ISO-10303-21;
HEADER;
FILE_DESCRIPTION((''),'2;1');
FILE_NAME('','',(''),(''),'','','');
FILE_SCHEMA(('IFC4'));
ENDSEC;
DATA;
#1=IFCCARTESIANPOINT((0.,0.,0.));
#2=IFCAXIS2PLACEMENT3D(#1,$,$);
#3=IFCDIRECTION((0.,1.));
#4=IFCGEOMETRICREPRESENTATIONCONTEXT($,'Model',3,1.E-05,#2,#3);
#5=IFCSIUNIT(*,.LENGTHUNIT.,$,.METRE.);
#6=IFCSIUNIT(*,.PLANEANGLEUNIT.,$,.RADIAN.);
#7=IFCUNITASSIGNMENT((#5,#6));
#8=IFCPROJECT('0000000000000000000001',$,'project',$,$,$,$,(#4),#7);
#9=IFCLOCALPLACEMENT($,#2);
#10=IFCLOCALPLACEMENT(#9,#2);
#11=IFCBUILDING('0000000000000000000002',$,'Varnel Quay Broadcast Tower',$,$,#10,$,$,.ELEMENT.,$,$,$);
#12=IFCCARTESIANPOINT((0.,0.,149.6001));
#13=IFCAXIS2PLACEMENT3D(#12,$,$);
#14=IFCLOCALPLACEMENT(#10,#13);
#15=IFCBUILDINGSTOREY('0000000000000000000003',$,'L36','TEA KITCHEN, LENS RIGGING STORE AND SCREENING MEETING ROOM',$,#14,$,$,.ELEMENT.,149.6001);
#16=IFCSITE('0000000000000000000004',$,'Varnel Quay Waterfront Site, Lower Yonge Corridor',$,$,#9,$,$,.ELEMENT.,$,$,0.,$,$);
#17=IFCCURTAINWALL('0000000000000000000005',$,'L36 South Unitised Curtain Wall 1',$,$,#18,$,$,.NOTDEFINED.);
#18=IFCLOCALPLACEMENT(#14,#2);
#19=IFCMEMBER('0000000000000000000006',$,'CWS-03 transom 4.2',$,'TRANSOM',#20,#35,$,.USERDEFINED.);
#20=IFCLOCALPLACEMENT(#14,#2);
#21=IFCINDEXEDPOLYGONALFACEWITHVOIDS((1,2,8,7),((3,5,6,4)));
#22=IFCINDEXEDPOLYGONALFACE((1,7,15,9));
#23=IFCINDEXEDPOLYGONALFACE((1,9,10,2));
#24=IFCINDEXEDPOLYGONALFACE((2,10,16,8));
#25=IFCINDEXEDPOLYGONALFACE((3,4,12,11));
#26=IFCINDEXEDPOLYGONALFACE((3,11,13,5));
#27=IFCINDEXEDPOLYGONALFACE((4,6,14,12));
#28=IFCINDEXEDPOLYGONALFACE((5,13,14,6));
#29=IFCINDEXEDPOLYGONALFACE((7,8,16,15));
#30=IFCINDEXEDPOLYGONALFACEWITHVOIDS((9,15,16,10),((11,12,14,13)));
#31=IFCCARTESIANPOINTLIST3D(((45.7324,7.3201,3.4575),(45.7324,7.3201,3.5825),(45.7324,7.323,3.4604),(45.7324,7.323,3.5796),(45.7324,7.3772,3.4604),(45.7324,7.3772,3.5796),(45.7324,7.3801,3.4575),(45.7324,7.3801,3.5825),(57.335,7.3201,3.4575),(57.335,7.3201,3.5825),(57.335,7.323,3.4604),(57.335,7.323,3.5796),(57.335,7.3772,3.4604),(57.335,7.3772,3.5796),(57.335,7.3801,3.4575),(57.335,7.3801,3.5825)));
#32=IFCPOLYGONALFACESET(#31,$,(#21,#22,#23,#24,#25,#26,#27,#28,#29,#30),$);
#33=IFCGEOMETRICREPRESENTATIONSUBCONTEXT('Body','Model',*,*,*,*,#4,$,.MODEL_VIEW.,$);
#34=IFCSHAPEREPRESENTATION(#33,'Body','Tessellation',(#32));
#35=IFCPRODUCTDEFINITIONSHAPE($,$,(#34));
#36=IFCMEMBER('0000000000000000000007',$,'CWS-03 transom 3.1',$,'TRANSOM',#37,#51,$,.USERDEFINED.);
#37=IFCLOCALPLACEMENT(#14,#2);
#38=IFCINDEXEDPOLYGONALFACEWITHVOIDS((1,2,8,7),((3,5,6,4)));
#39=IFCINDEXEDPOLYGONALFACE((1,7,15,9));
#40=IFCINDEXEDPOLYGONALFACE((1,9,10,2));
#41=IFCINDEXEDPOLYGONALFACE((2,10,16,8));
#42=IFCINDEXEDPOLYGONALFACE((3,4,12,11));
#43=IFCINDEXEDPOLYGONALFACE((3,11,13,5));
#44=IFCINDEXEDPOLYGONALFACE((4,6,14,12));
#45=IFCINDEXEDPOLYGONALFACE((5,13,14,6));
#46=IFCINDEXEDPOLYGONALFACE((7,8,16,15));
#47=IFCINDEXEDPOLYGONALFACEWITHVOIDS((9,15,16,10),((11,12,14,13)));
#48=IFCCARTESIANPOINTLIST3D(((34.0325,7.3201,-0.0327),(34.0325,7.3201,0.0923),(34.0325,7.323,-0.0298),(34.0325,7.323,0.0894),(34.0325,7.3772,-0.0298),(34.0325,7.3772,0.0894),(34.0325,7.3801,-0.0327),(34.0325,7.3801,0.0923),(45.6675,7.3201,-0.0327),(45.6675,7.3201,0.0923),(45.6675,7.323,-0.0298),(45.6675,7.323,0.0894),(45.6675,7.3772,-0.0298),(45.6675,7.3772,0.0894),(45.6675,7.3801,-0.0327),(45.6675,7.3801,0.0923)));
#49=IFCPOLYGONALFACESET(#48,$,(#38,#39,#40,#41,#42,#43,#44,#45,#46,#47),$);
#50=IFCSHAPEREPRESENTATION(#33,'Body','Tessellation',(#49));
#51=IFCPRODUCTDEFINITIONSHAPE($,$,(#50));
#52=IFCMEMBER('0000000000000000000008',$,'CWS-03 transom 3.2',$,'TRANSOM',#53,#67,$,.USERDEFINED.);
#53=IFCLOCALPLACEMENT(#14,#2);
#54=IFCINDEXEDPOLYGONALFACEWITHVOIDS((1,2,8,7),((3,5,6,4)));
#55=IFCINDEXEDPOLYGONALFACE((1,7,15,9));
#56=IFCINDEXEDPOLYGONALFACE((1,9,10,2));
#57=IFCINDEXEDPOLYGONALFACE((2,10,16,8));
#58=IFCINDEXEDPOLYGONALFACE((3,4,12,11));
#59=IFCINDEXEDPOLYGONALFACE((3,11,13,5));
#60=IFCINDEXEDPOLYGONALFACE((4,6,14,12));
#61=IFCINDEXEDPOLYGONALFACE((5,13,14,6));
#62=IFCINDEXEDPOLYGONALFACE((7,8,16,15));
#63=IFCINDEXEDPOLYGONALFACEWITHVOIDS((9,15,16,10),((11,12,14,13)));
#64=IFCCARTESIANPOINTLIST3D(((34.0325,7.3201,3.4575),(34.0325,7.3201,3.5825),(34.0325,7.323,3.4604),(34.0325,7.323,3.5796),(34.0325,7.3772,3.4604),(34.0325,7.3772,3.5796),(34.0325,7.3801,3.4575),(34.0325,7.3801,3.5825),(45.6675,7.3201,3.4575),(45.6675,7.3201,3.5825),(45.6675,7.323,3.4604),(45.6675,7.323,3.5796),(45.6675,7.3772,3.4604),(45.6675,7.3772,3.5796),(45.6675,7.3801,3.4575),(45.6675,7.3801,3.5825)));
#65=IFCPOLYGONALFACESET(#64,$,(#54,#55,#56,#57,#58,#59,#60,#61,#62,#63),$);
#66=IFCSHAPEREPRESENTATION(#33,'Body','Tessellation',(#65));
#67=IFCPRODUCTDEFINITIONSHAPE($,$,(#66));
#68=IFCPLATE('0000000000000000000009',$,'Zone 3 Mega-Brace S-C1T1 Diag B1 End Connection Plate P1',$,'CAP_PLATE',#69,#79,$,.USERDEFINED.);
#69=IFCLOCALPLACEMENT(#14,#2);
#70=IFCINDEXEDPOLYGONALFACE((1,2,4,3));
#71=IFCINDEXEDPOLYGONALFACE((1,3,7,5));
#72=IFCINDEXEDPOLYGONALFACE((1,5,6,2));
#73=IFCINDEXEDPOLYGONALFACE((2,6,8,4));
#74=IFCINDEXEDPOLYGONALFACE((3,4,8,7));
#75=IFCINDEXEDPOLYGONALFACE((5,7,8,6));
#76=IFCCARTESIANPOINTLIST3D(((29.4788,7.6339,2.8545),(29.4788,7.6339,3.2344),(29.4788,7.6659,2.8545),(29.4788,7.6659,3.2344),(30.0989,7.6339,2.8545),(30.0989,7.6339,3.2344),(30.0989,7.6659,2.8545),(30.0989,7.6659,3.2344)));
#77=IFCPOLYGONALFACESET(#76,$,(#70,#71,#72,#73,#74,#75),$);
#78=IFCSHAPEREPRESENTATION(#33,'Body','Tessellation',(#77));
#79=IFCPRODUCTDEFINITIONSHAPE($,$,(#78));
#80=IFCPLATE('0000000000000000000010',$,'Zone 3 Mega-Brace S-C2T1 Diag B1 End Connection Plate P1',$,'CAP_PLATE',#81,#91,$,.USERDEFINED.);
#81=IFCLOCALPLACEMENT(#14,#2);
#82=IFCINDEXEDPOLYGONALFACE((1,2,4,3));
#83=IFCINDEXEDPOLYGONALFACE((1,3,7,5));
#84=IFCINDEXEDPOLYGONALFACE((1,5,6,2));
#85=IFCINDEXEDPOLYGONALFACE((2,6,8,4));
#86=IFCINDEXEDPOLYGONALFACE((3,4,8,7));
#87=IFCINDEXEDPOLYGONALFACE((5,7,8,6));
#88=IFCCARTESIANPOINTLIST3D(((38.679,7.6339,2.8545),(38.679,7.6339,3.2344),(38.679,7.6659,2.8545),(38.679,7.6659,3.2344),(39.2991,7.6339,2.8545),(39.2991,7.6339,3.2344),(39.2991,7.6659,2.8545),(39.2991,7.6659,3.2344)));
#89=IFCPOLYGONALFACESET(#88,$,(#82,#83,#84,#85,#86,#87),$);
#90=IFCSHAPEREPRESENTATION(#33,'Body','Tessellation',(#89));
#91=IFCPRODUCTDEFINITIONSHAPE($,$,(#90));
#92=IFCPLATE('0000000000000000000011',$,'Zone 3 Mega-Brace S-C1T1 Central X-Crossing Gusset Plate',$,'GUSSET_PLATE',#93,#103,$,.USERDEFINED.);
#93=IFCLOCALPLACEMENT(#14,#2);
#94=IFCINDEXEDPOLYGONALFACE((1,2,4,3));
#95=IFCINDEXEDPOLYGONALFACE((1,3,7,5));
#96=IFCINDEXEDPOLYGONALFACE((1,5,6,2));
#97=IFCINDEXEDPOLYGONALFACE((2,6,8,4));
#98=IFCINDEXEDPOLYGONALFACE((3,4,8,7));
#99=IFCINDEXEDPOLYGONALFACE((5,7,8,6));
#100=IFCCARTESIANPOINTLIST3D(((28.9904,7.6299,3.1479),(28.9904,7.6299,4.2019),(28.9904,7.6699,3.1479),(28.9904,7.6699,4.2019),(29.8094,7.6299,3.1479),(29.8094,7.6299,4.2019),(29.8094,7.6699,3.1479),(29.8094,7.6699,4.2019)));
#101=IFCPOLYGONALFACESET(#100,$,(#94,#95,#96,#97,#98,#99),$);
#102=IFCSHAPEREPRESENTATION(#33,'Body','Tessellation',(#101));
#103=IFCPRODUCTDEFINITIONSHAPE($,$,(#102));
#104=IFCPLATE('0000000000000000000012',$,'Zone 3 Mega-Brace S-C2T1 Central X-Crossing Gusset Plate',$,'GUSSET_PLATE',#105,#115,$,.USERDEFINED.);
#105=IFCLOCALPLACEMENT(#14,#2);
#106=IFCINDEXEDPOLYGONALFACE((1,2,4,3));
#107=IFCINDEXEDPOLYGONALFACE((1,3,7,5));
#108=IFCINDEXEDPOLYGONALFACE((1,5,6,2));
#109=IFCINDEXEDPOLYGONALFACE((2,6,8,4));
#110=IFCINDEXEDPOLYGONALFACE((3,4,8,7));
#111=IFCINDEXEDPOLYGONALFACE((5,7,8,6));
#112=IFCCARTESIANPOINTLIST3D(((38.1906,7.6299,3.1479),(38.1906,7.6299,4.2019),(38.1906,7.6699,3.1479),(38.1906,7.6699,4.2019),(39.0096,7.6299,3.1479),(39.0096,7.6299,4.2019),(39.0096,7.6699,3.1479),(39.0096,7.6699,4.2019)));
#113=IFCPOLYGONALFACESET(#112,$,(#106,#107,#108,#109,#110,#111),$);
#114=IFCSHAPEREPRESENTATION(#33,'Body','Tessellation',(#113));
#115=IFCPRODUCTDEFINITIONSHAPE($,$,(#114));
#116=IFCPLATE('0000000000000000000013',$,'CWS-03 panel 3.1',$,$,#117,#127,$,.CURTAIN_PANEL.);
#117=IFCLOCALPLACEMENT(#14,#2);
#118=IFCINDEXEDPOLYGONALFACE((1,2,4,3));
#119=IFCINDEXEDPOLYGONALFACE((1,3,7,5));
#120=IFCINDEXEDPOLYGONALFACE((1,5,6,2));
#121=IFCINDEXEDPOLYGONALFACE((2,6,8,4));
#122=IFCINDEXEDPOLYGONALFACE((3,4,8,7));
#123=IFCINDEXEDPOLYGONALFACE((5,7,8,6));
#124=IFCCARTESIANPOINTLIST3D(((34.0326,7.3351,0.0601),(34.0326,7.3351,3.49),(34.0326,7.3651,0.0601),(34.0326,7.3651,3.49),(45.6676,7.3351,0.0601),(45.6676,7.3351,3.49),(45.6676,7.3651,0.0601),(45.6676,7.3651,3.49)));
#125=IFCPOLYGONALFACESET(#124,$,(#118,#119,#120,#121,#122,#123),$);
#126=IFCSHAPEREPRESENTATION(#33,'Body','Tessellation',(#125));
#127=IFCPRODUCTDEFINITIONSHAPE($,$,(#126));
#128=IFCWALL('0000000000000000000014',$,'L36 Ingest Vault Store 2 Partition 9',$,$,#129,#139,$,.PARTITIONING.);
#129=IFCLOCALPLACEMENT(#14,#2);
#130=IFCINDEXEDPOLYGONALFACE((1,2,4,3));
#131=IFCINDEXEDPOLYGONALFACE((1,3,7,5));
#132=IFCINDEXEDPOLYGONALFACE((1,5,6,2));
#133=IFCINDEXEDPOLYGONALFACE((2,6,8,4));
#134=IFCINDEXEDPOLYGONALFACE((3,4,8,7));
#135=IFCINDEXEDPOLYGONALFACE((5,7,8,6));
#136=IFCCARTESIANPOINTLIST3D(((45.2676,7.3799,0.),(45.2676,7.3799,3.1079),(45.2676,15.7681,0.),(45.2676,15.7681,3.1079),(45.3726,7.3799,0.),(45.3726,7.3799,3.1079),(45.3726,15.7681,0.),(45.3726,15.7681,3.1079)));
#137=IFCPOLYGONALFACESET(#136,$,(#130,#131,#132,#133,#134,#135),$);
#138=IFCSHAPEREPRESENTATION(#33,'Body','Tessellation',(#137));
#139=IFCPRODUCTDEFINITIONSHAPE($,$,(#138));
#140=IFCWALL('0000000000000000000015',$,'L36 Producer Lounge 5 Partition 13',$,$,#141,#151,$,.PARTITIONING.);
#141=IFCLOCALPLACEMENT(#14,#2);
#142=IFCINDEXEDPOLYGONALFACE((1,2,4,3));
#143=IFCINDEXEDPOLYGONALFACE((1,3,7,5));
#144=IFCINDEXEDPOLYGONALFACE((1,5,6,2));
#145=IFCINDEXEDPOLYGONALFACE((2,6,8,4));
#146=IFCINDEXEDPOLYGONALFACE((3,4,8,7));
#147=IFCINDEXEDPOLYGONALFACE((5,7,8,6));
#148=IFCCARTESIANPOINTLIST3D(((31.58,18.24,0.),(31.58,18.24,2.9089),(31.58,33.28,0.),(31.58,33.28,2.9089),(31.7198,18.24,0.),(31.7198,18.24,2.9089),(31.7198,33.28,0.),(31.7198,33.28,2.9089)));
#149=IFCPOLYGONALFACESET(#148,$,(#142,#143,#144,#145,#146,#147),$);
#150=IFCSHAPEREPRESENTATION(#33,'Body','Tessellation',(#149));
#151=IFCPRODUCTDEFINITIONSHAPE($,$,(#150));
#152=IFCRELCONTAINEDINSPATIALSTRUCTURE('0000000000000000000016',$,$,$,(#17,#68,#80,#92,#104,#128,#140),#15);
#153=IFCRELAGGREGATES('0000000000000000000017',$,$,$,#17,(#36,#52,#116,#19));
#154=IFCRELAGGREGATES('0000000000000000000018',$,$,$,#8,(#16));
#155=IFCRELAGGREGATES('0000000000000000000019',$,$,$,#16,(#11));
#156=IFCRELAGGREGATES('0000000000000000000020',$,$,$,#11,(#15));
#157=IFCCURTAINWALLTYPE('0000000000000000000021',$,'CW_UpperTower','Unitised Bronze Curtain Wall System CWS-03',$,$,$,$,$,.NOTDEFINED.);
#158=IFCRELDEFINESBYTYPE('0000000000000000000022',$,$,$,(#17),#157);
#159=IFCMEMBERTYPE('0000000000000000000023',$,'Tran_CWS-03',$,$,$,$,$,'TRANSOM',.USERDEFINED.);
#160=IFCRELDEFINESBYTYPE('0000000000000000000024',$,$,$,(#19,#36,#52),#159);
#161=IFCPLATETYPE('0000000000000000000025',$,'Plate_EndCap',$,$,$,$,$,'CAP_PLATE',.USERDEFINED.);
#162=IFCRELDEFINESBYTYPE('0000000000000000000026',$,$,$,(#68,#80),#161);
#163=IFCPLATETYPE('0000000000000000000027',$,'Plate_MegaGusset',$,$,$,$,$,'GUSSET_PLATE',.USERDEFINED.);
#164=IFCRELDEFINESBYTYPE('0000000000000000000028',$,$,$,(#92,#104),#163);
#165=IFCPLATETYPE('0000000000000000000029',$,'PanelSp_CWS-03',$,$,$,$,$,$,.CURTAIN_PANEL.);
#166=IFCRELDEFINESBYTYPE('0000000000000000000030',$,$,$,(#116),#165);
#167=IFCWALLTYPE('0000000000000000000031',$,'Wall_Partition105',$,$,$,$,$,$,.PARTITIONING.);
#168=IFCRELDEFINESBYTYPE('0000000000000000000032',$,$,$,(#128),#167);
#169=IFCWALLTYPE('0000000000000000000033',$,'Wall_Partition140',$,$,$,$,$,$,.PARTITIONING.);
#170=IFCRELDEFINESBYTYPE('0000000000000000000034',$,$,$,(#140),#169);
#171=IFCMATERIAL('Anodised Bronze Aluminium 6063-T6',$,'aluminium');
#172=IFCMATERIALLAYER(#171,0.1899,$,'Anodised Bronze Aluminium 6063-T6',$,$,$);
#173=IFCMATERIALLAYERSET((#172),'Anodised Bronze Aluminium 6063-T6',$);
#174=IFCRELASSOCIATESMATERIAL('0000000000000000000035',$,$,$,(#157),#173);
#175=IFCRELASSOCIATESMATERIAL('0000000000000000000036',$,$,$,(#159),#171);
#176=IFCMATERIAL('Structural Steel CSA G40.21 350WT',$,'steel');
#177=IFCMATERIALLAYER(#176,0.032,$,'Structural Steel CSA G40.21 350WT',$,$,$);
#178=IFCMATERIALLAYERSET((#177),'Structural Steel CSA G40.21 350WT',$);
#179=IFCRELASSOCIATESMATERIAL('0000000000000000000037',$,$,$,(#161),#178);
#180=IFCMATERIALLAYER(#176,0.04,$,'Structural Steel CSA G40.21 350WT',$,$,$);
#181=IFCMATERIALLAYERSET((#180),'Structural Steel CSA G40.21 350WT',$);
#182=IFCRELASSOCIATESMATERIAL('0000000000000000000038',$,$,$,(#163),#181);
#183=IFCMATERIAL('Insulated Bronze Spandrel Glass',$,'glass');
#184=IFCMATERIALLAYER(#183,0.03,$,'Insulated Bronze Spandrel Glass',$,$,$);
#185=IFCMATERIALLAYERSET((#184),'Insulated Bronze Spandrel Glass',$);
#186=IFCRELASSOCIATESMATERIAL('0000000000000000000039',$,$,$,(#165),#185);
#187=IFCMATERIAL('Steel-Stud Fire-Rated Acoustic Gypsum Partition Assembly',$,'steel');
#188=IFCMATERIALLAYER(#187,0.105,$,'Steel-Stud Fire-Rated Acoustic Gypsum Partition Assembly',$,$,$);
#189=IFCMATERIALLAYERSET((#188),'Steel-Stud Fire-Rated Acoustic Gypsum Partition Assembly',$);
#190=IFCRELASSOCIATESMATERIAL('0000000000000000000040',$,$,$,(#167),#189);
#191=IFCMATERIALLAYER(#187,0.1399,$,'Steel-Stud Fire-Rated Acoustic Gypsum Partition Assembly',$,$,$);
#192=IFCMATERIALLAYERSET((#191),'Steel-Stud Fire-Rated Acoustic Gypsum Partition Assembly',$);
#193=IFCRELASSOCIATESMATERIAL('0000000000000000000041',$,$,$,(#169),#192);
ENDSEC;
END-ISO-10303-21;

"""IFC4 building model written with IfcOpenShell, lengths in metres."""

from ifc_helpers import new_model, si_unit, direction, frame, frame_2d, origin, origin_2d, place, context, subcontext, project, spatial, rectangle, hollow_rectangle, extrude, source, transform, mapped, material, layer, layer_set, material_profile, profile_set, type_object, type_shapes, element, aggregate, save


model = new_model("IFC4")

# Units and contexts
model_context = context("Model", 3, precision=1e-05, world=origin(), true_north=direction((0.0, 1.0)))
body_context = subcontext(model_context, "Body", "Model", "MODEL_VIEW")
ifc_project = project(units=[si_unit("LENGTHUNIT", "METRE"), si_unit("PLANEANGLEUNIT", "RADIAN")], contexts=[model_context])

# Site, building, storey
site_placement = place(None, origin())
site = spatial("IfcSite", under=ifc_project, at=site_placement, Name="Varnel Quay Waterfront Site, Lower Yonge Corridor", CompositionType="ELEMENT", RefElevation=0.0)
building_placement = place(site_placement, origin())
building = spatial("IfcBuilding", under=site, at=building_placement, Name="Varnel Quay Broadcast Tower", CompositionType="ELEMENT")
storey_placement = place(building_placement, frame((0.0, 0.0, 149.6001)))
storey = spatial("IfcBuildingStorey", under=building, at=storey_placement, Name="L36", Description="TEA KITCHEN, LENS RIGGING STORE AND SCREENING MEETING ROOM", CompositionType="ELEMENT", Elevation=149.6001)

# Shared definitions
ifc_material_1 = material(Name="Structural Steel CSA G40.21 350WT", Category="steel")

# Curtain wall, members
ifc_material_2 = material(Name="Anodised Bronze Aluminium 6063-T6", Category="aluminium")
ifc_layer_1 = layer(ifc_material_2, 0.1899, Name="Anodised Bronze Aluminium 6063-T6")
ifc_layer_set_1 = layer_set([ifc_layer_1], Name="Anodised Bronze Aluminium 6063-T6")
curtain_wall_type = type_object("IfcCurtainWallType", Name="CW_UpperTower", Description="Unitised Bronze Curtain Wall System CWS-03", PredefinedType="NOTDEFINED", material=ifc_layer_set_1)
curtain_wall_placement = place(storey_placement, origin())
curtain_wall = element("IfcCurtainWall", 1, at=curtain_wall_placement, inside=storey, type_object=curtain_wall_type, Name="L36 South Unitised Curtain Wall 1", PredefinedType="NOTDEFINED")
ifc_material_profile_1 = material_profile(ifc_material_2, hollow_rectangle(XDim=0.0601, YDim=0.125, WallThickness=0.0029, at=origin_2d()), Name="ALU60X125X3")
ifc_profile_set_1 = profile_set([ifc_material_profile_1], Name="Anodised Bronze Aluminium 6063-T6")
member_type_1 = type_object("IfcMemberType", Name="Tran_CWS-03", ElementType="TRANSOM", PredefinedType="USERDEFINED", material=ifc_profile_set_1)
shared_shape_1 = source(origin(), body_context, "Body", "SweptSolid", [
    extrude(hollow_rectangle(XDim=0.0601, YDim=0.125, WallThickness=0.0029, at=origin_2d()), origin(), (0.0, 0.0, 1.0), 11.6025),
])
member_1_placement = place(storey_placement, frame((45.7324, 7.3501, 3.52), z_axis=(1.0, 0.0, 0.0), x_axis=(0.0, 1.0, 0.0)))
member_1 = element("IfcMember", 2, at=member_1_placement, type_object=member_type_1, Name="CWS-03 transom 4.2", ObjectType="TRANSOM", PredefinedType="USERDEFINED", context=body_context, shape_type="MappedRepresentation", body=[
    mapped(shared_shape_1, transform((0.0, 0.0, 0.0), x_axis=(1.0, 0.0, 0.0), y_axis=(0.0, 1.0, 0.0), z_axis=(0.0, 0.0, 1.0), scale=1.0)),
])
shared_shape_2 = source(origin(), body_context, "Body", "SweptSolid", [
    extrude(hollow_rectangle(XDim=0.0601, YDim=0.125, WallThickness=0.0029, at=origin_2d()), origin(), (0.0, 0.0, 1.0), 11.635),
])
type_shapes(member_type_1, [shared_shape_1, shared_shape_2])
member_2_placement = place(storey_placement, frame((34.0325, 7.3501, 0.0298), z_axis=(1.0, 0.0, 0.0), x_axis=(0.0, 1.0, 0.0)))
member_2 = element("IfcMember", 3, at=member_2_placement, type_object=member_type_1, Name="CWS-03 transom 3.1", ObjectType="TRANSOM", PredefinedType="USERDEFINED", context=body_context, shape_type="MappedRepresentation", body=[
    mapped(shared_shape_2, transform((0.0, 0.0, 0.0), x_axis=(1.0, 0.0, 0.0), y_axis=(0.0, 1.0, 0.0), z_axis=(0.0, 0.0, 1.0), scale=1.0)),
])
member_3_placement = place(storey_placement, frame((34.0325, 7.3501, 3.52), z_axis=(1.0, 0.0, 0.0), x_axis=(0.0, 1.0, 0.0)))
member_3 = element("IfcMember", 4, at=member_3_placement, type_object=member_type_1, Name="CWS-03 transom 3.2", ObjectType="TRANSOM", PredefinedType="USERDEFINED", context=body_context, shape_type="MappedRepresentation", body=[
    mapped(shared_shape_2, transform((0.0, 0.0, 0.0), x_axis=(1.0, 0.0, 0.0), y_axis=(0.0, 1.0, 0.0), z_axis=(0.0, 0.0, 1.0), scale=1.0)),
])

# Plates
ifc_layer_2 = layer(ifc_material_1, 0.032, Name="Structural Steel CSA G40.21 350WT")
ifc_layer_set_2 = layer_set([ifc_layer_2], Name="Structural Steel CSA G40.21 350WT")
plate_type_1 = type_object("IfcPlateType", Name="Plate_EndCap", ElementType="CAP_PLATE", PredefinedType="USERDEFINED", material=ifc_layer_set_2)
shared_shape_3 = source(origin(), body_context, "Body", "SweptSolid", [
    extrude(rectangle(XDim=0.6201, YDim=0.032, at=origin_2d()), origin(), (0.0, 0.0, 1.0), 0.3799),
])
type_shapes(plate_type_1, [shared_shape_3])
for number, where, z_axis, x_axis, name in (
    (5, (29.7888, 7.6499, 2.8545), (0.0, 0.0, 1.0), (1.0, 0.0, 0.0), "Zone 3 Mega-Brace S-C1T1 Diag B1 End Connection Plate P1"),
    (6, (38.989, 7.6499, 2.8545), (0.0, 0.0, 1.0), (1.0, 0.0, 0.0), "Zone 3 Mega-Brace S-C2T1 Diag B1 End Connection Plate P1"),
):
    element("IfcPlate", number, at=place(storey_placement, frame(where, z_axis=z_axis, x_axis=x_axis)), inside=storey, type_object=plate_type_1, Name=name, ObjectType="CAP_PLATE", PredefinedType="USERDEFINED", context=body_context, shape_type="MappedRepresentation", body=[
        mapped(shared_shape_3, transform((0.0, 0.0, 0.0), x_axis=(1.0, 0.0, 0.0), y_axis=(0.0, 1.0, 0.0), z_axis=(0.0, 0.0, 1.0), scale=1.0)),
    ])
ifc_layer_3 = layer(ifc_material_1, 0.04, Name="Structural Steel CSA G40.21 350WT")
ifc_layer_set_3 = layer_set([ifc_layer_3], Name="Structural Steel CSA G40.21 350WT")
plate_type_2 = type_object("IfcPlateType", Name="Plate_MegaGusset", ElementType="GUSSET_PLATE", PredefinedType="USERDEFINED", material=ifc_layer_set_3)
shared_shape_4 = source(origin(), body_context, "Body", "SweptSolid", [
    extrude(rectangle(XDim=0.8191, YDim=0.04, at=origin_2d()), origin(), (0.0, 0.0, 1.0), 1.054),
])
type_shapes(plate_type_2, [shared_shape_4])
for number, where, z_axis, x_axis, name in (
    (7, (29.3999, 7.6499, 3.1479), (0.0, 0.0, 1.0), (1.0, 0.0, 0.0), "Zone 3 Mega-Brace S-C1T1 Central X-Crossing Gusset Plate"),
    (8, (38.6001, 7.6499, 3.1479), (0.0, 0.0, 1.0), (1.0, 0.0, 0.0), "Zone 3 Mega-Brace S-C2T1 Central X-Crossing Gusset Plate"),
):
    element("IfcPlate", number, at=place(storey_placement, frame(where, z_axis=z_axis, x_axis=x_axis)), inside=storey, type_object=plate_type_2, Name=name, ObjectType="GUSSET_PLATE", PredefinedType="USERDEFINED", context=body_context, shape_type="MappedRepresentation", body=[
        mapped(shared_shape_4, transform((0.0, 0.0, 0.0), x_axis=(1.0, 0.0, 0.0), y_axis=(0.0, 1.0, 0.0), z_axis=(0.0, 0.0, 1.0), scale=1.0)),
    ])

# Plate
ifc_material_3 = material(Name="Insulated Bronze Spandrel Glass", Category="glass")
ifc_layer_4 = layer(ifc_material_3, 0.03, Name="Insulated Bronze Spandrel Glass")
ifc_layer_set_4 = layer_set([ifc_layer_4], Name="Insulated Bronze Spandrel Glass")
plate_type_3 = type_object("IfcPlateType", Name="PanelSp_CWS-03", PredefinedType="CURTAIN_PANEL", material=ifc_layer_set_4)
shared_shape_5 = source(origin(), body_context, "Body", "SweptSolid", [
    extrude(rectangle(XDim=11.635, YDim=0.03, at=origin_2d()), origin(), (0.0, 0.0, 1.0), 3.4299),
])
type_shapes(plate_type_3, [shared_shape_5])
plate_placement = place(storey_placement, frame((39.8501, 7.3501, 0.0601), z_axis=(0.0, 0.0, 1.0), x_axis=(1.0, 0.0, 0.0)))
plate = element("IfcPlate", 9, at=plate_placement, type_object=plate_type_3, Name="CWS-03 panel 3.1", PredefinedType="CURTAIN_PANEL", context=body_context, shape_type="MappedRepresentation", body=[
    mapped(shared_shape_5, transform((0.0, 0.0, 0.0), x_axis=(1.0, 0.0, 0.0), y_axis=(0.0, 1.0, 0.0), z_axis=(0.0, 0.0, 1.0), scale=1.0)),
])
aggregate(curtain_wall, [member_2, member_3, plate, member_1])

# Walls
ifc_material_4 = material(Name="Steel-Stud Fire-Rated Acoustic Gypsum Partition Assembly", Category="steel")
ifc_layer_5 = layer(ifc_material_4, 0.105, Name="Steel-Stud Fire-Rated Acoustic Gypsum Partition Assembly")
ifc_layer_set_5 = layer_set([ifc_layer_5], Name="Steel-Stud Fire-Rated Acoustic Gypsum Partition Assembly")
wall_type_1 = type_object("IfcWallType", Name="Wall_Partition105", PredefinedType="PARTITIONING", material=ifc_layer_set_5)
wall_1_placement = place(storey_placement, frame((45.3201, 7.3799, 0.0), z_axis=(0.0, 0.0, 1.0), x_axis=(0.0, 1.0, 0.0)))
element("IfcWall", 10, at=wall_1_placement, inside=storey, type_object=wall_type_1, Name="L36 Ingest Vault Store 2 Partition 9", PredefinedType="PARTITIONING", context=body_context, shape_type="SweptSolid", body=[
    extrude(rectangle(XDim=8.3882, YDim=0.105, at=frame_2d((4.1941, 0.0))), origin(), (0.0, 0.0, 1.0), 3.1079),
])
ifc_layer_6 = layer(ifc_material_4, 0.1399, Name="Steel-Stud Fire-Rated Acoustic Gypsum Partition Assembly")
ifc_layer_set_6 = layer_set([ifc_layer_6], Name="Steel-Stud Fire-Rated Acoustic Gypsum Partition Assembly")
wall_type_2 = type_object("IfcWallType", Name="Wall_Partition140", PredefinedType="PARTITIONING", material=ifc_layer_set_6)
wall_2_placement = place(storey_placement, frame((31.6499, 18.24, 0.0), z_axis=(0.0, 0.0, 1.0), x_axis=(0.0, 1.0, 0.0)))
element("IfcWall", 11, at=wall_2_placement, inside=storey, type_object=wall_type_2, Name="L36 Producer Lounge 5 Partition 13", PredefinedType="PARTITIONING", context=body_context, shape_type="SweptSolid", body=[
    extrude(rectangle(XDim=15.04, YDim=0.1399, at=frame_2d((7.52, 0.0))), origin(), (0.0, 0.0, 1.0), 2.9089),
])

save(model, "model.ifc")
